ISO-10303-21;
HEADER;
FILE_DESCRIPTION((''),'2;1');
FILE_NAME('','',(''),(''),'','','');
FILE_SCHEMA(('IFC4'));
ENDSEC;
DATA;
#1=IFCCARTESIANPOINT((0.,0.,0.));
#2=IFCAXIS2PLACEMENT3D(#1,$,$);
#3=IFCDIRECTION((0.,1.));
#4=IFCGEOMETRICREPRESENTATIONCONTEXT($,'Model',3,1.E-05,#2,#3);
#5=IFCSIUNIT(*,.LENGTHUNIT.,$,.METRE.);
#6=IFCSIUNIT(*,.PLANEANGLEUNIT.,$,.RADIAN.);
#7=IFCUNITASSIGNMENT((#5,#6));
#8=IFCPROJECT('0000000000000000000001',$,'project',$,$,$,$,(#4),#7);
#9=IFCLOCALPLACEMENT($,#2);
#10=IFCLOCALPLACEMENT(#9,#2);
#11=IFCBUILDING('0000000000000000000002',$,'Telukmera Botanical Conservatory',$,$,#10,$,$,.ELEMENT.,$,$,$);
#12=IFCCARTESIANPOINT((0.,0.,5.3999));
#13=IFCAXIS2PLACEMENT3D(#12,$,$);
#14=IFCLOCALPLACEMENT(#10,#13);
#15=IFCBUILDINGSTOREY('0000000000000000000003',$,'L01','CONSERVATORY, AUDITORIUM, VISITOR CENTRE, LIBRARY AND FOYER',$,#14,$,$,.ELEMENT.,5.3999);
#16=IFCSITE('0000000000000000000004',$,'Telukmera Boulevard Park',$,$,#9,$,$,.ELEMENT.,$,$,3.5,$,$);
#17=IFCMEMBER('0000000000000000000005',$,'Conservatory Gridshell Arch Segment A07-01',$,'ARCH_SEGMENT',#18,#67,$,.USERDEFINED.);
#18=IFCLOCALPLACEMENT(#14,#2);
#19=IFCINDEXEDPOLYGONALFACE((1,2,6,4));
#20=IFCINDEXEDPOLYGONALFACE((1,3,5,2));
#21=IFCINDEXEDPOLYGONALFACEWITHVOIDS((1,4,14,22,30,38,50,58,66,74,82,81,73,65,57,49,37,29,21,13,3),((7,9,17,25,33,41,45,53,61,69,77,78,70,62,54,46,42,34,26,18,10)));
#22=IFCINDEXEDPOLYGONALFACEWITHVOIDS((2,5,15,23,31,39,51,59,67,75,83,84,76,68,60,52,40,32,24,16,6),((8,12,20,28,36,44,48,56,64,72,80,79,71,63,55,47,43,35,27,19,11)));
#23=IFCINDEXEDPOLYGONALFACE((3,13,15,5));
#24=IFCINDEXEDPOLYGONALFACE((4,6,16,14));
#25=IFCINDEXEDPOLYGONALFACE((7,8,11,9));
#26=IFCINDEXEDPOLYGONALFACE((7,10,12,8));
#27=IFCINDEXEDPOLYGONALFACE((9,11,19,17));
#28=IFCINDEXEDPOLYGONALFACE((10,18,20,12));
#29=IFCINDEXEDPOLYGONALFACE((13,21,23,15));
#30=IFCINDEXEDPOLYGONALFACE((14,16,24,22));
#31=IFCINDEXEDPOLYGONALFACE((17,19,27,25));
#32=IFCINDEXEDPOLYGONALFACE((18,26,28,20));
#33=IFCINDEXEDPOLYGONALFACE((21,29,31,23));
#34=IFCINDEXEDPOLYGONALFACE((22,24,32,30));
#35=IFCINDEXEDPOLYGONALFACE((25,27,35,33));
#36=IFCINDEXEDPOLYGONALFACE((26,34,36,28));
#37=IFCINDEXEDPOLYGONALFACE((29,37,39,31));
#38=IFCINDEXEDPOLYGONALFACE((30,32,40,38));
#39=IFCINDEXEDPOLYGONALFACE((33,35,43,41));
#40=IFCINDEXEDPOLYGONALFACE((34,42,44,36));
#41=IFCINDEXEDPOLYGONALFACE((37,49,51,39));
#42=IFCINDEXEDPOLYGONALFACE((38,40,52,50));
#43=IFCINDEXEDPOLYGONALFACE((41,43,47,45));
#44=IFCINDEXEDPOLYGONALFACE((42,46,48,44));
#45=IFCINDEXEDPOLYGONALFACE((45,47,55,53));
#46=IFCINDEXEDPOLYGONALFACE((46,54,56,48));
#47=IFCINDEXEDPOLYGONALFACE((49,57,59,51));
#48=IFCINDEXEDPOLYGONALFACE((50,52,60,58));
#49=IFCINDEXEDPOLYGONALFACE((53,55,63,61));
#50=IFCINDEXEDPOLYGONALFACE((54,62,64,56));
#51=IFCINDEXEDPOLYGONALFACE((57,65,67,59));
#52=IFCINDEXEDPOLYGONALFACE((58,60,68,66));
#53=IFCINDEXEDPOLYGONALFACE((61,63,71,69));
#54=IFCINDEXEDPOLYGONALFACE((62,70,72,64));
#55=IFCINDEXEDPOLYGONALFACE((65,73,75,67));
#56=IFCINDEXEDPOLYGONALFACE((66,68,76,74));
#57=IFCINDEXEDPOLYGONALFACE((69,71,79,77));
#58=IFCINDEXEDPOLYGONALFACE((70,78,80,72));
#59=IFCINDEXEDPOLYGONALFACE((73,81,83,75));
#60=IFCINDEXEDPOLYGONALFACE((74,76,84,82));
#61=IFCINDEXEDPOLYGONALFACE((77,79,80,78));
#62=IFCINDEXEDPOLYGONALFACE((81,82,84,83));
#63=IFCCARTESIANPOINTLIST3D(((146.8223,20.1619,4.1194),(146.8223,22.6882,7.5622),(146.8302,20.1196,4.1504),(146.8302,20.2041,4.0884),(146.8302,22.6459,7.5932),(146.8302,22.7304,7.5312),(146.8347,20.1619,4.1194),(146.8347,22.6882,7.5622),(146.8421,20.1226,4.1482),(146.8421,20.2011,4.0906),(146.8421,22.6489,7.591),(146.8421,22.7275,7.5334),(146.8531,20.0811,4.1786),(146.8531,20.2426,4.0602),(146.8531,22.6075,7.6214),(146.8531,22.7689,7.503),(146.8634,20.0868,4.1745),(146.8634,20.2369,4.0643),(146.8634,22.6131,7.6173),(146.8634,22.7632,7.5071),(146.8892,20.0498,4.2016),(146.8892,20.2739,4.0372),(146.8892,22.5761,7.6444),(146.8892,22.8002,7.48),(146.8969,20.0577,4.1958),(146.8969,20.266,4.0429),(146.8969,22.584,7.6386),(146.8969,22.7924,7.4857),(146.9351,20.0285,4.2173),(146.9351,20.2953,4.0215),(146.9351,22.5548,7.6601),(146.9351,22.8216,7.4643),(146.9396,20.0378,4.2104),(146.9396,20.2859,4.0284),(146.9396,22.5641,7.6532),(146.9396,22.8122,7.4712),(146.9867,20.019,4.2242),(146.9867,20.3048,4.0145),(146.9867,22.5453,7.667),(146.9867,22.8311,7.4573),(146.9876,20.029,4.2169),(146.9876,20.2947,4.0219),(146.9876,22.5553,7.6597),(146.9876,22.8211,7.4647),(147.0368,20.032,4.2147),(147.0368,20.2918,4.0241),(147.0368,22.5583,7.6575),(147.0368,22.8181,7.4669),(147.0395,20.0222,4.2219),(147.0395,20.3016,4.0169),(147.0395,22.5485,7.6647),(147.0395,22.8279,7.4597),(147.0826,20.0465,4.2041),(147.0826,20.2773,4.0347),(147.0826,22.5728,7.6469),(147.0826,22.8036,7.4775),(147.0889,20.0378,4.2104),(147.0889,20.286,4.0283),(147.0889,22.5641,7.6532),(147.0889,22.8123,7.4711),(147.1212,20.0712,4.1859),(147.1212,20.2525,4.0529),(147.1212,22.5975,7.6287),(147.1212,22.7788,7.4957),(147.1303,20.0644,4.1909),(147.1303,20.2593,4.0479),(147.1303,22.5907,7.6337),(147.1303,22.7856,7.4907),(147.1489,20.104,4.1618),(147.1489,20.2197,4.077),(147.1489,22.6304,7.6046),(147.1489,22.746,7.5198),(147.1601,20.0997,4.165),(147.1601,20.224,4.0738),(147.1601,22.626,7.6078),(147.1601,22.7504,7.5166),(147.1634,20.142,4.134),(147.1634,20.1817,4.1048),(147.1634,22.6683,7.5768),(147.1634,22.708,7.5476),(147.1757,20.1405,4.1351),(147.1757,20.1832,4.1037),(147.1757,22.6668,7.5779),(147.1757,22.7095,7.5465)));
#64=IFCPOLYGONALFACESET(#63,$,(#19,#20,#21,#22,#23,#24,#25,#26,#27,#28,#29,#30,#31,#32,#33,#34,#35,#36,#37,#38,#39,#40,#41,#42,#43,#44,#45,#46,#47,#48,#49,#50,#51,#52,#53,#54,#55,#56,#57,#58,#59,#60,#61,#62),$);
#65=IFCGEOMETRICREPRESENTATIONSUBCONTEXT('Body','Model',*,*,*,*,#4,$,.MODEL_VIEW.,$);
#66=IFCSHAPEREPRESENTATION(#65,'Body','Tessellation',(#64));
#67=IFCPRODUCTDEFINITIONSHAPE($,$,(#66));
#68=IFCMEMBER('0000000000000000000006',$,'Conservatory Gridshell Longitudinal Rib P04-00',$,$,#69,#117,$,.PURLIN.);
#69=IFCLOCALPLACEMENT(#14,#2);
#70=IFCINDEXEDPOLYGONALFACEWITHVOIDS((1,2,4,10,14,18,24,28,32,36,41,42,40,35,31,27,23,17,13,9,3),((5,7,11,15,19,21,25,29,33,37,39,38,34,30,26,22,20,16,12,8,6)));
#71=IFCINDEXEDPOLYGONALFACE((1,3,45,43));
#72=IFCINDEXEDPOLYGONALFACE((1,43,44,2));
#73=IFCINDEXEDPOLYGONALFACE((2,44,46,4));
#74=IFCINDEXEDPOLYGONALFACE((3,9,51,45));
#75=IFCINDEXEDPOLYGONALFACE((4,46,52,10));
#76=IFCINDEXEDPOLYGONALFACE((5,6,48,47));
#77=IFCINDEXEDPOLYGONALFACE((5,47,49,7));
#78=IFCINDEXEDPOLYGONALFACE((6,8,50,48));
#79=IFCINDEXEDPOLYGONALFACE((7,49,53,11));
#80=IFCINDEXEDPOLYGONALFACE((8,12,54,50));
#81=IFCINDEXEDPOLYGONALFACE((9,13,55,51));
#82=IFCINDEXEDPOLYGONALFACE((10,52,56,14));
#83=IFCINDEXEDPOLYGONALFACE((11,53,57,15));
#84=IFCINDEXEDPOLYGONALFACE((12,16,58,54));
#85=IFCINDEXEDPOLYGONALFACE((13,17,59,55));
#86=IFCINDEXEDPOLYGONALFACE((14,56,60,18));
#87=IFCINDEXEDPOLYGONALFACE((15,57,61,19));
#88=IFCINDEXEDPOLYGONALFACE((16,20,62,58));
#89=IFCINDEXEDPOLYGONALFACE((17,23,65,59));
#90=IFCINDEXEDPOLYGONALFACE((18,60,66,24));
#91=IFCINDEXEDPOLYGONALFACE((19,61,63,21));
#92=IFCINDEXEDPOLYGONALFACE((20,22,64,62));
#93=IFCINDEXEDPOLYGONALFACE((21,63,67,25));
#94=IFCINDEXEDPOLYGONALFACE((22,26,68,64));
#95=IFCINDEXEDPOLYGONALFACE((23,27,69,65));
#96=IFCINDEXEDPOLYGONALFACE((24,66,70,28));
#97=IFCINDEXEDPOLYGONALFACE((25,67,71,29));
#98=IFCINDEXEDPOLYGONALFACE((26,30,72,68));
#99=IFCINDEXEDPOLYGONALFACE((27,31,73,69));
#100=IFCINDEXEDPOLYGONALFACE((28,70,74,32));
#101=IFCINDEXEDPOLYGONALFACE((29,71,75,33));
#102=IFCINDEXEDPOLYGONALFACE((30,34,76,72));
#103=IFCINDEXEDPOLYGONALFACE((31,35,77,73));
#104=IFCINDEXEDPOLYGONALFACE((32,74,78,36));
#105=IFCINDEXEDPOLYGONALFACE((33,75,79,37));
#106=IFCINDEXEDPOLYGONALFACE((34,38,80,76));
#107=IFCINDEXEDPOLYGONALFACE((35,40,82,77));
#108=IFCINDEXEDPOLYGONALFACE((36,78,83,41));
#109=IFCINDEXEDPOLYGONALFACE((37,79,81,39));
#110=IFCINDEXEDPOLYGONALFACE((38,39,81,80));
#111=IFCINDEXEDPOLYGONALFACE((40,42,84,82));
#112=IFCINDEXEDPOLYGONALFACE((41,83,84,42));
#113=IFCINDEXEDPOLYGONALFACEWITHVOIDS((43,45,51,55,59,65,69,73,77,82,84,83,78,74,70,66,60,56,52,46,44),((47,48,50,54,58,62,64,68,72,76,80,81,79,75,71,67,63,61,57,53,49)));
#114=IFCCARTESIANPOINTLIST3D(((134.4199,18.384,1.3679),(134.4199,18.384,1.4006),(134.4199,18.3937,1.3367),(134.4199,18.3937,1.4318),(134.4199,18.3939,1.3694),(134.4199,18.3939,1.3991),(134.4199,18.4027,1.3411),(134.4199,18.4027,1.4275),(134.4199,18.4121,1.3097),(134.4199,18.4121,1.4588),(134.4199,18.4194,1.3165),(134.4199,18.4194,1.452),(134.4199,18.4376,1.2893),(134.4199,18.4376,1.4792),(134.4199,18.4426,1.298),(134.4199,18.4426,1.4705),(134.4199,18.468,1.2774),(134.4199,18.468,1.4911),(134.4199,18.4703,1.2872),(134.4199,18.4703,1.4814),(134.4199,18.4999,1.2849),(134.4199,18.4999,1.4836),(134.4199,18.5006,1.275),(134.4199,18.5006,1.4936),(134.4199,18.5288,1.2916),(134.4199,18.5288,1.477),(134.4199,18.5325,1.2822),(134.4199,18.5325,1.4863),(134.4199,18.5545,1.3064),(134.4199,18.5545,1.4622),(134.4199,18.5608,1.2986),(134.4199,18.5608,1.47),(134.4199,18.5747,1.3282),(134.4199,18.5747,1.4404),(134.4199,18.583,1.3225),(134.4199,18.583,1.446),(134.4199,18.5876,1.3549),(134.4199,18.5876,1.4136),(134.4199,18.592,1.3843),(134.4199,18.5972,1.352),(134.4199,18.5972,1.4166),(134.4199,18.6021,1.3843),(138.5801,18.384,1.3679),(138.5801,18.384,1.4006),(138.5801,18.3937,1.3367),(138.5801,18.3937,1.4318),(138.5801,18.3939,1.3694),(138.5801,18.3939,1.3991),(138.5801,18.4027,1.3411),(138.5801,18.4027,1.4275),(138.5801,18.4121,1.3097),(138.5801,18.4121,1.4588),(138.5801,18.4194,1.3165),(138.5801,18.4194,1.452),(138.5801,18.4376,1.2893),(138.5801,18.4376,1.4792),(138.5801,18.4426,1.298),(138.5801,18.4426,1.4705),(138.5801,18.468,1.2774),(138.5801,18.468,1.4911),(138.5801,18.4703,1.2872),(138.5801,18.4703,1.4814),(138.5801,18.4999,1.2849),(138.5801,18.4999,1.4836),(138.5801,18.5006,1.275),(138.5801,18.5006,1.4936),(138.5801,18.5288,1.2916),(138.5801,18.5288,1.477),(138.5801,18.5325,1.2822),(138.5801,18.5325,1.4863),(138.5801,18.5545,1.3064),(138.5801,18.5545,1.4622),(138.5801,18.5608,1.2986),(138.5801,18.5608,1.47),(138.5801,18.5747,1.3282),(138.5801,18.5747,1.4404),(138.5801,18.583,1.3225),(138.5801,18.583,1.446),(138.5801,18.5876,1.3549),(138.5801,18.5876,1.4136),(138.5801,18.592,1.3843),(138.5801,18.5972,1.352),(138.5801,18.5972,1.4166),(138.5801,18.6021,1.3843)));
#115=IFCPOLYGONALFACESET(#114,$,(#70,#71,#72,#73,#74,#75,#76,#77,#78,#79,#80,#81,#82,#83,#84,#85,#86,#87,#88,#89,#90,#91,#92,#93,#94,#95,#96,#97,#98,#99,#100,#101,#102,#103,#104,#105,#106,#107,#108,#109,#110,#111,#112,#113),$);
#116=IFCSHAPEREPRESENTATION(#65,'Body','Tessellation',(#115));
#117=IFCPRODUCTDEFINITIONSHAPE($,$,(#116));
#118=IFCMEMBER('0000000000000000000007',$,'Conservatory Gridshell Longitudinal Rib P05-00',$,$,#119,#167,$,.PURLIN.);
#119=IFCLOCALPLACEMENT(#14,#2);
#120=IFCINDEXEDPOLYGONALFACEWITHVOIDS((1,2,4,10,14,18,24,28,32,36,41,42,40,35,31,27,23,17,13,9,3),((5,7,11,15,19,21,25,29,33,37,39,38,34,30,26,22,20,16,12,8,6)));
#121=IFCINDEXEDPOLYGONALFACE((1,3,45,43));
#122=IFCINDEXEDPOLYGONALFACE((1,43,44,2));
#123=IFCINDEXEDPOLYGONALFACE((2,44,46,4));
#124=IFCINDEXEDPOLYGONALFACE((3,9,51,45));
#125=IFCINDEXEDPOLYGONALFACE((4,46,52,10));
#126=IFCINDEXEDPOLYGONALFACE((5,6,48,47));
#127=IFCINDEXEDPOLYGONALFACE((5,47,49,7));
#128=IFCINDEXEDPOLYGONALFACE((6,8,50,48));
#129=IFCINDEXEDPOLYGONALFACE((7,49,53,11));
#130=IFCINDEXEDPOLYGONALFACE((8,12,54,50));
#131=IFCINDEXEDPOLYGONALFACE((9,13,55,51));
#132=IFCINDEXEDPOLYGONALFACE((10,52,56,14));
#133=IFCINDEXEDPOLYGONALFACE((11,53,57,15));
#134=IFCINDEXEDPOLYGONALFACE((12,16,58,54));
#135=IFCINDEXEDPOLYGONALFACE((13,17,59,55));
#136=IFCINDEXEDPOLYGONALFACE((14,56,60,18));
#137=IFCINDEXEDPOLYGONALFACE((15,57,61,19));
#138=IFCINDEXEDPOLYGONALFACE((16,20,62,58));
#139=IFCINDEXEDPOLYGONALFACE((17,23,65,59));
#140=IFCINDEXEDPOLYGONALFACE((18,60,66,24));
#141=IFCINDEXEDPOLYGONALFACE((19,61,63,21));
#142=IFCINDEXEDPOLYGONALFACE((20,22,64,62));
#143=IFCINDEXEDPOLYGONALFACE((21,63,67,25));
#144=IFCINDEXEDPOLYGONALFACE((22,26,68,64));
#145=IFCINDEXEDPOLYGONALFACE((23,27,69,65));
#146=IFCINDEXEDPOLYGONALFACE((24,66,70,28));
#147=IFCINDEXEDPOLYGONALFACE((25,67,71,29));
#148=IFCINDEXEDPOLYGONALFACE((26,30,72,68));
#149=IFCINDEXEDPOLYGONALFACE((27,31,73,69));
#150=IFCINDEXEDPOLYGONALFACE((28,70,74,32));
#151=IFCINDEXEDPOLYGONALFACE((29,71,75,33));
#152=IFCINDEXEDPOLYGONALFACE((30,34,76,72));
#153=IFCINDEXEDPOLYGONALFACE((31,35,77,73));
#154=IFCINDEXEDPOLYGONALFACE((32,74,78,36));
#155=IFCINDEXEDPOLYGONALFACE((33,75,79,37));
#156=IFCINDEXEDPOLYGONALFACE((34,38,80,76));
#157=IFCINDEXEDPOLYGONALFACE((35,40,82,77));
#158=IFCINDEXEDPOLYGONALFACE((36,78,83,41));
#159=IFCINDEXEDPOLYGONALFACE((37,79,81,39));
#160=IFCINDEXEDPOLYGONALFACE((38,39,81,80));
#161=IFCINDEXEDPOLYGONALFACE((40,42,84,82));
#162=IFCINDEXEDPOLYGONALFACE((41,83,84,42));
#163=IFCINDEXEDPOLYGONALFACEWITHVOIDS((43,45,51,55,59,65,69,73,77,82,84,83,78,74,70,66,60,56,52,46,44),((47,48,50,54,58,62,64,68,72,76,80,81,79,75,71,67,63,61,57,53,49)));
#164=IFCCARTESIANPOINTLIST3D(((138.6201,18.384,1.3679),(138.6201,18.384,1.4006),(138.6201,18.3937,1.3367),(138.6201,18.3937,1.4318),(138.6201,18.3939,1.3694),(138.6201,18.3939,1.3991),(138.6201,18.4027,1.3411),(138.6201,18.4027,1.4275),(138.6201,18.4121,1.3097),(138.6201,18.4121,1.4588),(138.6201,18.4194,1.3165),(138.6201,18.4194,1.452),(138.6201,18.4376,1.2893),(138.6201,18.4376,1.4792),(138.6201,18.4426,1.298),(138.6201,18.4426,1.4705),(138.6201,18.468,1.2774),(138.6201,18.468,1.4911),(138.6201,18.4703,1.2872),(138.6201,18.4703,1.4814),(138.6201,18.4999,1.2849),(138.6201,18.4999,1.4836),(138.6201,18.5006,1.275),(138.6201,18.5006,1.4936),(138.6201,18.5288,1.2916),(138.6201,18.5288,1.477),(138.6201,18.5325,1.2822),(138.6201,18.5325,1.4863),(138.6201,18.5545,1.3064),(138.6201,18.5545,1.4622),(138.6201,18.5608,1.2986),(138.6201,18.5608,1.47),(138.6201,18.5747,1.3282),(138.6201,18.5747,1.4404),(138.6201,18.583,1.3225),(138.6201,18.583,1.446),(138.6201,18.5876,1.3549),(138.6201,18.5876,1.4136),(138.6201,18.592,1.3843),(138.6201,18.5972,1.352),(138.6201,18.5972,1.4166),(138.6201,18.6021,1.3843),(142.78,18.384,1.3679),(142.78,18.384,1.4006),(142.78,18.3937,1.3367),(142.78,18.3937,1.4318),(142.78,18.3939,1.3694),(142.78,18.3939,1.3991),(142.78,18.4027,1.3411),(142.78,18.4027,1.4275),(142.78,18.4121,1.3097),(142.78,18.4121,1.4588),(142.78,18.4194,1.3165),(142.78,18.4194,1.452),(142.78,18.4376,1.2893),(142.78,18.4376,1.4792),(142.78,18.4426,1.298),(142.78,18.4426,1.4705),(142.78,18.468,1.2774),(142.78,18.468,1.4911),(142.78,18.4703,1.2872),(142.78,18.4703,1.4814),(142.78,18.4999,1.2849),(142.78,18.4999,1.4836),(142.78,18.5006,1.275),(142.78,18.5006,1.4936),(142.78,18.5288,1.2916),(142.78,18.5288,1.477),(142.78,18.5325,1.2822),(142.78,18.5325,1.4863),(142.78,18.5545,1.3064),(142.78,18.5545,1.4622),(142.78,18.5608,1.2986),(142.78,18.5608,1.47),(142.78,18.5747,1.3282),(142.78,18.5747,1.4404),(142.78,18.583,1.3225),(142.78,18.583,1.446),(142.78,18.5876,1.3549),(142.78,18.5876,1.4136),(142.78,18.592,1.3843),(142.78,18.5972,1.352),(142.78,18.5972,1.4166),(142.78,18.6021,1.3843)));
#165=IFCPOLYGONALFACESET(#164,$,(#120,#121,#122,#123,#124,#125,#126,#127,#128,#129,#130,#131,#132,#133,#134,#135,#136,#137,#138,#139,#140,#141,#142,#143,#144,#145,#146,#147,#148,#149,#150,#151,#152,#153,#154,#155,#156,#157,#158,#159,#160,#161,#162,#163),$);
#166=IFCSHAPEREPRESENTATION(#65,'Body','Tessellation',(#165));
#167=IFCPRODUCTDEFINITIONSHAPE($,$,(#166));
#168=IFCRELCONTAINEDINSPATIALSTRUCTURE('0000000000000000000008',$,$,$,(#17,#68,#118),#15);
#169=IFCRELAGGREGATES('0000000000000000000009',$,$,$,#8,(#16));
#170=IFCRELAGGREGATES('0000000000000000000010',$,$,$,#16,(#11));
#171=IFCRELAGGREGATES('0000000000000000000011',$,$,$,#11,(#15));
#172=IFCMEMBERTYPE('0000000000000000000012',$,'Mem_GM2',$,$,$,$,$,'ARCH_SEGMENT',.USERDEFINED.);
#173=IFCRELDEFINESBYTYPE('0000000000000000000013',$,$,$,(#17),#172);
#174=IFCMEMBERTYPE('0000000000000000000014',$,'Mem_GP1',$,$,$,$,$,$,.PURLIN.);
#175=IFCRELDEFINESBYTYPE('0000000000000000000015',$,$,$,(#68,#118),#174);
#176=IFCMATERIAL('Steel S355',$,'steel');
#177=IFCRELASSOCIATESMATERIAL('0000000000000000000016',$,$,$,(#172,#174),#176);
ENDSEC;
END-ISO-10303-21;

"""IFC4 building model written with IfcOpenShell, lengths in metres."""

from ifc_helpers import new_model, si_unit, direction, frame, origin, origin_2d, place, context, subcontext, project, spatial, hollow_circle, extrude, material, material_profile, profile_set, type_object, element, save


model = new_model("IFC4")

# Units and contexts
model_context = context("Model", 3, precision=1e-05, world=origin(), true_north=direction((0.0, 1.0)))
body_context = subcontext(model_context, "Body", "Model", "MODEL_VIEW")
ifc_project = project(units=[si_unit("LENGTHUNIT", "METRE"), si_unit("PLANEANGLEUNIT", "RADIAN")], contexts=[model_context])

# Site, building, storey
site_placement = place(None, origin())
site = spatial("IfcSite", under=ifc_project, at=site_placement, Name="Telukmera Boulevard Park", CompositionType="ELEMENT", RefElevation=3.5)
building_placement = place(site_placement, origin())
building = spatial("IfcBuilding", under=site, at=building_placement, Name="Telukmera Botanical Conservatory", CompositionType="ELEMENT")
storey_placement = place(building_placement, frame((0.0, 0.0, 5.3999)))
storey = spatial("IfcBuildingStorey", under=building, at=storey_placement, Name="L01", Description="CONSERVATORY, AUDITORIUM, VISITOR CENTRE, LIBRARY AND FOYER", CompositionType="ELEMENT", Elevation=5.3999)

# Shared definitions
ifc_material_1 = material(Name="Steel S355", Category="steel")

# Members
ifc_material_profile_1 = material_profile(ifc_material_1, hollow_circle(Radius=0.1777, WallThickness=0.0125, at=origin_2d()), Name="CHS 355.6x12.5")
ifc_profile_set_1 = profile_set([ifc_material_profile_1], Name="Steel S355")
member_type_1 = type_object("IfcMemberType", Name="Mem_GM2", ElementType="ARCH_SEGMENT", PredefinedType="USERDEFINED", material=ifc_profile_set_1)
for number, where, z_axis, x_axis, name in (
    (1, (147.0, 20.1619, 4.1194), (0.0, 0.591607, 0.806227), (-1.0, 0.0, 0.0), "Conservatory Gridshell Arch Segment A07-01"),
):
    element("IfcMember", number, at=place(storey_placement, frame(where, z_axis=z_axis, x_axis=x_axis)), inside=storey, type_object=member_type_1, Name=name, ObjectType="ARCH_SEGMENT", PredefinedType="USERDEFINED", context=body_context, shape_type="SweptSolid", body=[
        extrude(hollow_circle(Radius=0.1777, WallThickness=0.0125, at=origin_2d()), origin(), (0.0, 0.0, 1.0), 4.2703),
    ])
ifc_material_profile_2 = material_profile(ifc_material_1, hollow_circle(Radius=0.1096, WallThickness=0.01, at=origin_2d()), Name="CHS 219.1x10.0")
ifc_profile_set_2 = profile_set([ifc_material_profile_2], Name="Steel S355")
member_type_2 = type_object("IfcMemberType", Name="Mem_GP1", PredefinedType="PURLIN", material=ifc_profile_set_2)
member_1_placement = place(storey_placement, frame((134.4199, 18.4924, 1.3843), z_axis=(1.0, 0.0, 0.0), x_axis=(0.0, 1.0, 0.0)))
element("IfcMember", 2, at=member_1_placement, inside=storey, type_object=member_type_2, Name="Conservatory Gridshell Longitudinal Rib P04-00", PredefinedType="PURLIN", context=body_context, shape_type="SweptSolid", body=[
    extrude(hollow_circle(Radius=0.1096, WallThickness=0.01, at=origin_2d()), origin(), (0.0, 0.0, 1.0), 4.1602),
])
for number, where, z_axis, x_axis, name in (
    (3, (138.6201, 18.4924, 1.3843), (1.0, 0.0, 0.0), (0.0, 1.0, 0.0), "Conservatory Gridshell Longitudinal Rib P05-00"),
):
    element("IfcMember", number, at=place(storey_placement, frame(where, z_axis=z_axis, x_axis=x_axis)), inside=storey, type_object=member_type_2, Name=name, PredefinedType="PURLIN", context=body_context, shape_type="SweptSolid", body=[
        extrude(hollow_circle(Radius=0.1096, WallThickness=0.01, at=origin_2d()), origin(), (0.0, 0.0, 1.0), 4.1599),
    ])

save(model, "model.ifc")
